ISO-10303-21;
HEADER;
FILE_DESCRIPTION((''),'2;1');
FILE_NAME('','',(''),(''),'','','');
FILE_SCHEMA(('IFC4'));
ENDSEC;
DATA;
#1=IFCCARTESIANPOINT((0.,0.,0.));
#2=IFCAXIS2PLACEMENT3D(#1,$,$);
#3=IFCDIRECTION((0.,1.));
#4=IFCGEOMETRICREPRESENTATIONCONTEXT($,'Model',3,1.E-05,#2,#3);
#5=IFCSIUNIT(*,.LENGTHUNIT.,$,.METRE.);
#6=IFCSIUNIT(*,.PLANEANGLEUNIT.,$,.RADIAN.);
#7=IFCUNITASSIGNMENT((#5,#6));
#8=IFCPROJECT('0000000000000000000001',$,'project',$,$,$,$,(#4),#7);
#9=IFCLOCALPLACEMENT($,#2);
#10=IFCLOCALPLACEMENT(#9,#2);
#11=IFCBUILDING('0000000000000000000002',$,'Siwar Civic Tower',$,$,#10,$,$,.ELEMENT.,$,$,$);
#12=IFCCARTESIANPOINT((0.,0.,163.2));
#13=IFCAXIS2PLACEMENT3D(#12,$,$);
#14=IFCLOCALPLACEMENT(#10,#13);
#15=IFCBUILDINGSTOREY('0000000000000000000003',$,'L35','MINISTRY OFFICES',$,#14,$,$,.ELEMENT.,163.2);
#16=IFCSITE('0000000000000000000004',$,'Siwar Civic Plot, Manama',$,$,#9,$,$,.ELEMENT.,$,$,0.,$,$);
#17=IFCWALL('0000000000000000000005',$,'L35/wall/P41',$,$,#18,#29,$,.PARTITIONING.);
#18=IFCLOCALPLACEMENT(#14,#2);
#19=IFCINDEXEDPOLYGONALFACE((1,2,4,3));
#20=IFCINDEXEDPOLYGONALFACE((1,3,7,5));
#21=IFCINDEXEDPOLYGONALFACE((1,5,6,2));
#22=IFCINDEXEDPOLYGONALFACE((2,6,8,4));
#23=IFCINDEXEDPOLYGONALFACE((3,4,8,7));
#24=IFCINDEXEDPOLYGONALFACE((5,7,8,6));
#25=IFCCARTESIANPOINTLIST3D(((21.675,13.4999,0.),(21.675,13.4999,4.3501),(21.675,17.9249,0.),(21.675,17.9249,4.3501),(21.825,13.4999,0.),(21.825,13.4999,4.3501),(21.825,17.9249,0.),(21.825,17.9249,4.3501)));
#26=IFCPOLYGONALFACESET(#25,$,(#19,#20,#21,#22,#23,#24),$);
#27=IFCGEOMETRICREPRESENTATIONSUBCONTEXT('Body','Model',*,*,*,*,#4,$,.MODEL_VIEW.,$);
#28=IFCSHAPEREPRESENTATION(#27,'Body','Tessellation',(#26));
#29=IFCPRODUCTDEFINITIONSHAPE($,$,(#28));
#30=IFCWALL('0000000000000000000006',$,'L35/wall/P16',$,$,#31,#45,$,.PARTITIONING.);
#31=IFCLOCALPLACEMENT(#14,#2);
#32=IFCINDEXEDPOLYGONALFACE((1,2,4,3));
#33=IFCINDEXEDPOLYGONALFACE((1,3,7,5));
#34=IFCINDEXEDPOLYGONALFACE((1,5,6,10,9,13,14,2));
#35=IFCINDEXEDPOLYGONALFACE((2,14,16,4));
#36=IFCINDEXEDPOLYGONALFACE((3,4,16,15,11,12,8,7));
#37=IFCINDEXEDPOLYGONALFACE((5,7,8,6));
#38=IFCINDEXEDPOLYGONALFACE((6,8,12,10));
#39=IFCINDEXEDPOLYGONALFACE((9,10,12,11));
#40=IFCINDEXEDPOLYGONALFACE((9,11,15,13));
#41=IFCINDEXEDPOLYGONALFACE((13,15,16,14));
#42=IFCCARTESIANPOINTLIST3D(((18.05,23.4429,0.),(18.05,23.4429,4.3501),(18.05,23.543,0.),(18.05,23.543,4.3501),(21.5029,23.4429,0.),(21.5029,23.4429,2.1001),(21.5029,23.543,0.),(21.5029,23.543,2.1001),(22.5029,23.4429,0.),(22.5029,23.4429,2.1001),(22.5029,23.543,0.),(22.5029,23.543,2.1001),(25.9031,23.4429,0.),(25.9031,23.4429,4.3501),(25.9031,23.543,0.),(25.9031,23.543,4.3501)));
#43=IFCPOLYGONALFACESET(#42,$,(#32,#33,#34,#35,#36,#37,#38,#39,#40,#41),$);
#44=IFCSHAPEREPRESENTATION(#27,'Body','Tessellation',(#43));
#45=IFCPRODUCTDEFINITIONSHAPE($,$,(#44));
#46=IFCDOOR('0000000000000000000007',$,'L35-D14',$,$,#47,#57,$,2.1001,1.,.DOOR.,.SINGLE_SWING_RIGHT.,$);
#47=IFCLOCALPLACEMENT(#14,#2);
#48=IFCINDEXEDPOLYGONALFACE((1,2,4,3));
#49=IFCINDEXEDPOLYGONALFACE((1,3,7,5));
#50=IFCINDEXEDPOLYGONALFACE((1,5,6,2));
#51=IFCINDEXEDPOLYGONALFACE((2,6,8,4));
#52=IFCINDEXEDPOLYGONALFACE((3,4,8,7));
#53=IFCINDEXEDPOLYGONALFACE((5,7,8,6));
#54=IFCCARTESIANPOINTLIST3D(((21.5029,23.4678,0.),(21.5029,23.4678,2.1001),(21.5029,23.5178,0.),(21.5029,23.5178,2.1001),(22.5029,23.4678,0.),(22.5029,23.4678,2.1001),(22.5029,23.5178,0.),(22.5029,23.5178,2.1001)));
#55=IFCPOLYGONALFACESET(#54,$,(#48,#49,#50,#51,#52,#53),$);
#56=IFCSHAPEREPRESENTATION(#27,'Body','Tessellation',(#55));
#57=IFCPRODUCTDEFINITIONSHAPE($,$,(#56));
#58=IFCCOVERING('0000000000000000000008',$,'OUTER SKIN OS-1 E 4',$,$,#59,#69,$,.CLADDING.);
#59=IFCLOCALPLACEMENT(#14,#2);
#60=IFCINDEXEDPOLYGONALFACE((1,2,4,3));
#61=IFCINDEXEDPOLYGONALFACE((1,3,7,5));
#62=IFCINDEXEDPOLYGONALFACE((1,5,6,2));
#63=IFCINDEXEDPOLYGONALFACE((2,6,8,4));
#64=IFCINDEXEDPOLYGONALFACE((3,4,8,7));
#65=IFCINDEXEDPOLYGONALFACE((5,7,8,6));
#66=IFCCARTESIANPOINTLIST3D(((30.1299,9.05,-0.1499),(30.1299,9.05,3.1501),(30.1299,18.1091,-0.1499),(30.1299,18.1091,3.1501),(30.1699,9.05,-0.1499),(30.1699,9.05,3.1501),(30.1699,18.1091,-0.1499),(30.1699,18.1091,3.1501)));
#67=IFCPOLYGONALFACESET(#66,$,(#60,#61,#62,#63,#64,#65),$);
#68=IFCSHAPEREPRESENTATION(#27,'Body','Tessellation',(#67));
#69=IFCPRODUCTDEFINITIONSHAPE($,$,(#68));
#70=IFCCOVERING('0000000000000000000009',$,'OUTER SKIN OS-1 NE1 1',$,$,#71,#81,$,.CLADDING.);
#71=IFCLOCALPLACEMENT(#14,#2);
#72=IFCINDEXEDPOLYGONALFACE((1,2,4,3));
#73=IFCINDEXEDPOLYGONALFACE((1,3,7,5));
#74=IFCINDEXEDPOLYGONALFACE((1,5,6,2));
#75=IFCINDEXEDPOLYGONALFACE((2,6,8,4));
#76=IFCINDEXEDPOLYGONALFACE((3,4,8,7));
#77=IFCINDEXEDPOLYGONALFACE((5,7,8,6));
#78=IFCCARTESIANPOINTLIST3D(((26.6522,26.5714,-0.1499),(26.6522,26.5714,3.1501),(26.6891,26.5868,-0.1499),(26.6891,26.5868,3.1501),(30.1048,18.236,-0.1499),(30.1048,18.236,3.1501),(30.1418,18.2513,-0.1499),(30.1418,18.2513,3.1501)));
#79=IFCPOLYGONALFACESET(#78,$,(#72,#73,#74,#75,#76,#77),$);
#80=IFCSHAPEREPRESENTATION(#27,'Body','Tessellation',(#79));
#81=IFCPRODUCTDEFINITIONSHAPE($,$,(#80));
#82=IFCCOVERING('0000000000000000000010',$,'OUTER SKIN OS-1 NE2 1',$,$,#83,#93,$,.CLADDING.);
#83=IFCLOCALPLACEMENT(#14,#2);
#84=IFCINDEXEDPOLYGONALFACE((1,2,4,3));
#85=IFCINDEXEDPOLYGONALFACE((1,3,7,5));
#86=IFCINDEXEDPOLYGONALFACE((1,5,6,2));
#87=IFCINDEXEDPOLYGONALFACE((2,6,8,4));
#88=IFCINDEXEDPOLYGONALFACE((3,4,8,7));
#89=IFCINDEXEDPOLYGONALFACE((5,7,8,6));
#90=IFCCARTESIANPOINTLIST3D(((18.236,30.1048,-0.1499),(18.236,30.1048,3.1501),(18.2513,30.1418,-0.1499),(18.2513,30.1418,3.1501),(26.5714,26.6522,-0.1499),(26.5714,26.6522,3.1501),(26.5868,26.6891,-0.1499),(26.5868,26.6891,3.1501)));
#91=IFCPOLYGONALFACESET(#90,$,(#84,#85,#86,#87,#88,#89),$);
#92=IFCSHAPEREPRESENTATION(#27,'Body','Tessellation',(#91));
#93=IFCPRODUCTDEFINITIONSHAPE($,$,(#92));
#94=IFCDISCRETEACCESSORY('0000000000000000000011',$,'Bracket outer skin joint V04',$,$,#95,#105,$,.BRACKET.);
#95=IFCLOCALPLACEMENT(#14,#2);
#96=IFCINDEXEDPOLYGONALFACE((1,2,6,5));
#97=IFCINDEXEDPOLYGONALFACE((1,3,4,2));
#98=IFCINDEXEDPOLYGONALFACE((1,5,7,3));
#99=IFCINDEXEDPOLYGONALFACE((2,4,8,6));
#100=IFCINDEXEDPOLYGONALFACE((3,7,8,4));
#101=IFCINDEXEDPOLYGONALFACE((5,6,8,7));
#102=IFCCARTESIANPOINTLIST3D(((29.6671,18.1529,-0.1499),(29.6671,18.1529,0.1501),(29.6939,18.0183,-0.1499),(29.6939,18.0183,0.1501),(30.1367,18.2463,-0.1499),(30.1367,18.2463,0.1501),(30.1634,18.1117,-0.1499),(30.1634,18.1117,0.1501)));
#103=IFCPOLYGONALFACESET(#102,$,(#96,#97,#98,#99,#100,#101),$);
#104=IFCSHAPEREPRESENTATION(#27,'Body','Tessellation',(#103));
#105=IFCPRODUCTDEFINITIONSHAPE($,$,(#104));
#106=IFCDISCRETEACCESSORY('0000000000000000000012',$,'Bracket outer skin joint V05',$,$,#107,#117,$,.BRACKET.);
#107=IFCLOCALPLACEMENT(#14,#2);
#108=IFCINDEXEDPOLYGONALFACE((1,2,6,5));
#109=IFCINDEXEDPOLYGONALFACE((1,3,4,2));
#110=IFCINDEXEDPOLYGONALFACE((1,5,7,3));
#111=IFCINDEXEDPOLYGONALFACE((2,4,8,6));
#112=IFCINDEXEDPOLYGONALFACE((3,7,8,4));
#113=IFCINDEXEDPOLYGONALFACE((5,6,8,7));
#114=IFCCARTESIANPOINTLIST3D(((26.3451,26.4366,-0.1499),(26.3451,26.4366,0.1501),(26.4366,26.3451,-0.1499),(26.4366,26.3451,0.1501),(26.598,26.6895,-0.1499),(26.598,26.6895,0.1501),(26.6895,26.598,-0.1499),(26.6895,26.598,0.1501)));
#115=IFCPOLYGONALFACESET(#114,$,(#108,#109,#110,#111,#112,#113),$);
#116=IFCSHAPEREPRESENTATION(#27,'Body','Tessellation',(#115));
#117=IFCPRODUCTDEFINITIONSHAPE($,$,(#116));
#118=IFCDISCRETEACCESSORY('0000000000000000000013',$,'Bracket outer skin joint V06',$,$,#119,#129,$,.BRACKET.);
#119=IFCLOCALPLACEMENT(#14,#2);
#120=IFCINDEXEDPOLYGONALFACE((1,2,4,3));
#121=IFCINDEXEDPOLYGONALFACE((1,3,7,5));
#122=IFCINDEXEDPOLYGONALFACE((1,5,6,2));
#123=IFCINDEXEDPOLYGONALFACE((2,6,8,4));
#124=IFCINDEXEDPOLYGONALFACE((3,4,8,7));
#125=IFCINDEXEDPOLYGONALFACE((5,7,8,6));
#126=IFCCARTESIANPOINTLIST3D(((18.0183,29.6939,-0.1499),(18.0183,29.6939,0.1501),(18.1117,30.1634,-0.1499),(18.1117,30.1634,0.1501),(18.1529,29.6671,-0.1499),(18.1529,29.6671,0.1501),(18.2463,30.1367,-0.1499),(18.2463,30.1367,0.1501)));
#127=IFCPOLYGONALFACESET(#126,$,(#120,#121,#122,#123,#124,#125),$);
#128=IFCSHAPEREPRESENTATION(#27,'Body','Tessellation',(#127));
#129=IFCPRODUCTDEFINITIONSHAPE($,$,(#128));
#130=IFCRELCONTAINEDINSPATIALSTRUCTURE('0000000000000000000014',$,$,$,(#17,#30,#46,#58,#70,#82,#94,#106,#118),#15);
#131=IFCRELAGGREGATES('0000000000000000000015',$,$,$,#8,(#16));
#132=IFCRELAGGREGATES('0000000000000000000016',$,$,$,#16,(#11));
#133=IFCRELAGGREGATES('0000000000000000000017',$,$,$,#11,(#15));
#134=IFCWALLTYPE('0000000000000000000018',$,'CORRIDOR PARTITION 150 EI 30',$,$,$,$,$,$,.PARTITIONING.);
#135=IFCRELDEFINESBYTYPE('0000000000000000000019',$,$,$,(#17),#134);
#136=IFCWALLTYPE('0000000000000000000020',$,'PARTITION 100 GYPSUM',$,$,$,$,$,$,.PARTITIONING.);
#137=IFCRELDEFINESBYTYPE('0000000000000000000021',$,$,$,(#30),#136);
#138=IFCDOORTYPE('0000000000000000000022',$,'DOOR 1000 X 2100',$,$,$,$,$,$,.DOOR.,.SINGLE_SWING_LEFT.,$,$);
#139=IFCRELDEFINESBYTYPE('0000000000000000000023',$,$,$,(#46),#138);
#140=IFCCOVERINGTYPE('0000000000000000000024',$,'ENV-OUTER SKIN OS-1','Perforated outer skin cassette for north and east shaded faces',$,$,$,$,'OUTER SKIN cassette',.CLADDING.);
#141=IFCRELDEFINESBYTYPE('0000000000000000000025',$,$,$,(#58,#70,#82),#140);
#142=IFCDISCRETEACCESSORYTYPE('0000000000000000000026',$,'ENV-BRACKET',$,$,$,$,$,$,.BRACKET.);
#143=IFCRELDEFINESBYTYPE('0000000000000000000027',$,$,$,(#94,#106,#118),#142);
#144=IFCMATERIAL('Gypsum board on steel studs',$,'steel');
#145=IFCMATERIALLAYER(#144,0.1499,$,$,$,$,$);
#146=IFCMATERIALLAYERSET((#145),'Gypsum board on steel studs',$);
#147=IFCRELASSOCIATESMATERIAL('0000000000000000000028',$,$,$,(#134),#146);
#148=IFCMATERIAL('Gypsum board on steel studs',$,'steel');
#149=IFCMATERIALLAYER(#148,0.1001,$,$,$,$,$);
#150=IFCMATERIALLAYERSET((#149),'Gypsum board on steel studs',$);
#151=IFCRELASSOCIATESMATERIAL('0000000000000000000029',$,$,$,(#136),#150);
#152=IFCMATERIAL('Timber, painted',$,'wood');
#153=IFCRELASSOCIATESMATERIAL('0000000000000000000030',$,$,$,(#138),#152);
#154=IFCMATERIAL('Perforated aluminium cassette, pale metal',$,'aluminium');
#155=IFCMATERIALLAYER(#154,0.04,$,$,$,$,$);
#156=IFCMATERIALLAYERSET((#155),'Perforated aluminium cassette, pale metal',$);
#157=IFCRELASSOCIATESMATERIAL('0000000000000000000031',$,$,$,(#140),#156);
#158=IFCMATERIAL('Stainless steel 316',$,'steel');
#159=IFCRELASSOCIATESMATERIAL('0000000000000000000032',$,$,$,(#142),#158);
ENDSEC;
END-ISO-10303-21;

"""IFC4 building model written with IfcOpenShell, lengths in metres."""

from ifc_helpers import new_model, si_unit, direction, frame, frame_2d, origin, origin_2d, place, context, subcontext, project, spatial, rectangle, extrude, material, layer, layer_set, type_object, element, fill, save


model = new_model("IFC4")

# Units and contexts
model_context = context("Model", 3, precision=1e-05, world=origin(), true_north=direction((0.0, 1.0)))
body_context = subcontext(model_context, "Body", "Model", "MODEL_VIEW")
ifc_project = project(units=[si_unit("LENGTHUNIT", "METRE"), si_unit("PLANEANGLEUNIT", "RADIAN")], contexts=[model_context])

# Site, building, storey
site_placement = place(None, origin())
site = spatial("IfcSite", under=ifc_project, at=site_placement, Name="Siwar Civic Plot, Manama", CompositionType="ELEMENT", RefElevation=0.0)
building_placement = place(site_placement, origin())
building = spatial("IfcBuilding", under=site, at=building_placement, Name="Siwar Civic Tower", CompositionType="ELEMENT")
storey_placement = place(building_placement, frame((0.0, 0.0, 163.2)))
storey = spatial("IfcBuildingStorey", under=building, at=storey_placement, Name="L35", Description="MINISTRY OFFICES", CompositionType="ELEMENT", Elevation=163.2)

# Wall
ifc_material_1 = material(Name="Gypsum board on steel studs", Category="steel")
ifc_layer_1 = layer(ifc_material_1, 0.1499)
ifc_layer_set_1 = layer_set([ifc_layer_1], Name="Gypsum board on steel studs")
wall_type_1 = type_object("IfcWallType", Name="CORRIDOR PARTITION 150 EI 30", PredefinedType="PARTITIONING", material=ifc_layer_set_1)
wall_1_placement = place(storey_placement, frame((21.75, 13.5, 0.0), z_axis=(0.0, 0.0, 1.0), x_axis=(0.0, 1.0, 0.0)))
element("IfcWall", 1, at=wall_1_placement, inside=storey, type_object=wall_type_1, Name="L35/wall/P41", PredefinedType="PARTITIONING", context=body_context, shape_type="SweptSolid", body=[
    extrude(rectangle(XDim=4.425, YDim=0.1499, at=frame_2d((2.2124, 0.0))), origin(), (0.0, 0.0, 1.0), 4.3501),
])

# Wall, opening, door
ifc_material_2 = material(Name="Gypsum board on steel studs", Category="steel")
ifc_layer_2 = layer(ifc_material_2, 0.1001)
ifc_layer_set_2 = layer_set([ifc_layer_2], Name="Gypsum board on steel studs")
wall_type_2 = type_object("IfcWallType", Name="PARTITION 100 GYPSUM", PredefinedType="PARTITIONING", material=ifc_layer_set_2)
wall_2_placement = place(storey_placement, frame((18.05, 23.4929, 0.0), z_axis=(0.0, 0.0, 1.0), x_axis=(1.0, 0.0, 0.0)))
wall_2 = element("IfcWall", 2, at=wall_2_placement, inside=storey, type_object=wall_type_2, Name="L35/wall/P16", PredefinedType="PARTITIONING", context=body_context, shape_type="SweptSolid", body=[
    extrude(rectangle(XDim=7.853, YDim=0.1001, at=frame_2d((3.9265, 0.0))), origin(), (0.0, 0.0, 1.0), 4.3501),
])
opening_placement = place(wall_2_placement, frame((3.4529, 0.0, 0.0)))
opening = element("IfcOpeningElement", 3, at=opening_placement, cuts=wall_2, PredefinedType="OPENING", context=body_context, shape_type="SweptSolid", body=[
    extrude(rectangle(XDim=1.0, YDim=2.1001, at=frame_2d((0.5, 1.05))), frame((0.0, 0.0601, 0.0), z_axis=(0.0, -1.0, 0.0), x_axis=(1.0, 0.0, 0.0)), (0.0, 0.0, 1.0), 0.1201),
])
ifc_material_3 = material(Name="Timber, painted", Category="wood")
door_type = type_object("IfcDoorType", Name="DOOR 1000 X 2100", OperationType="SINGLE_SWING_LEFT", PredefinedType="DOOR", material=ifc_material_3)
door_placement = place(opening_placement, origin())
door = element("IfcDoor", 4, at=door_placement, inside=storey, type_object=door_type, Name="L35-D14", OperationType="SINGLE_SWING_RIGHT", OverallHeight=2.1001, OverallWidth=1.0, PredefinedType="DOOR", context=body_context, shape_type="SweptSolid", body=[
    extrude(rectangle(XDim=1.0, YDim=2.1001, at=frame_2d((0.5, 1.05))), frame((0.0, 0.0249, 0.0), z_axis=(0.0, -1.0, 0.0), x_axis=(1.0, 0.0, 0.0)), (0.0, 0.0, 1.0), 0.05),
])
fill(opening, door)

# Coverings
ifc_material_4 = material(Name="Perforated aluminium cassette, pale metal", Category="aluminium")
ifc_layer_3 = layer(ifc_material_4, 0.04)
ifc_layer_set_3 = layer_set([ifc_layer_3], Name="Perforated aluminium cassette, pale metal")
covering_type = type_object("IfcCoveringType", Name="ENV-OUTER SKIN OS-1", Description="Perforated outer skin cassette for north and east shaded faces", ElementType="OUTER SKIN cassette", PredefinedType="CLADDING", material=ifc_layer_set_3)
covering_placement = place(storey_placement, frame((30.1499, 13.5796, -0.1499), z_axis=(0.0, 0.0, 1.0), x_axis=(0.0, 1.0, 0.0)))
element("IfcCovering", 5, at=covering_placement, inside=storey, type_object=covering_type, Name="OUTER SKIN OS-1 E 4", PredefinedType="CLADDING", context=body_context, shape_type="SweptSolid", body=[
    extrude(rectangle(XDim=9.0591, YDim=0.04, at=origin_2d()), origin(), (0.0, 0.0, 1.0), 3.3),
])
for number, where, z_axis, x_axis, name in (
    (6, (28.397, 22.4114, -0.1499), (0.0, 0.0, 1.0), (-0.382683, 0.92388, 0.0), "OUTER SKIN OS-1 NE1 1"),
    (7, (22.4114, 28.397, -0.1499), (0.0, 0.0, 1.0), (-0.92388, 0.382683, 0.0), "OUTER SKIN OS-1 NE2 1"),
):
    element("IfcCovering", number, at=place(storey_placement, frame(where, z_axis=z_axis, x_axis=x_axis)), inside=storey, type_object=covering_type, Name=name, PredefinedType="CLADDING", context=body_context, shape_type="SweptSolid", body=[
        extrude(rectangle(XDim=9.0222, YDim=0.04, at=origin_2d()), origin(), (0.0, 0.0, 1.0), 3.3),
    ])

# Discrete accessories
ifc_material_5 = material(Name="Stainless steel 316", Category="steel")
discrete_accessory_type = type_object("IfcDiscreteAccessoryType", Name="ENV-BRACKET", PredefinedType="BRACKET", material=ifc_material_5)
discrete_accessory_1_placement = place(storey_placement, frame((29.9153, 18.1323, -0.1499), z_axis=(0.0, 0.0, 1.0), x_axis=(0.980785, 0.19509, 0.0)))
element("IfcDiscreteAccessory", 8, at=discrete_accessory_1_placement, inside=storey, type_object=discrete_accessory_type, Name="Bracket outer skin joint V04", PredefinedType="BRACKET", context=body_context, shape_type="SweptSolid", body=[
    extrude(rectangle(XDim=0.4788, YDim=0.1372, at=origin_2d()), origin(), (0.0, 0.0, 1.0), 0.3),
])
discrete_accessory_2_placement = place(storey_placement, frame((26.5173, 26.5173, -0.1499), z_axis=(0.0, 0.0, 1.0), x_axis=(0.707107, 0.707107, 0.0)))
element("IfcDiscreteAccessory", 9, at=discrete_accessory_2_placement, inside=storey, type_object=discrete_accessory_type, Name="Bracket outer skin joint V05", PredefinedType="BRACKET", context=body_context, shape_type="SweptSolid", body=[
    extrude(rectangle(XDim=0.3577, YDim=0.1294, at=origin_2d()), origin(), (0.0, 0.0, 1.0), 0.3),
])
discrete_accessory_3_placement = place(storey_placement, frame((18.1323, 29.9153, -0.1499), z_axis=(0.0, 0.0, 1.0), x_axis=(0.19509, 0.980785, 0.0)))
element("IfcDiscreteAccessory", 10, at=discrete_accessory_3_placement, inside=storey, type_object=discrete_accessory_type, Name="Bracket outer skin joint V06", PredefinedType="BRACKET", context=body_context, shape_type="SweptSolid", body=[
    extrude(rectangle(XDim=0.4788, YDim=0.1372, at=origin_2d()), origin(), (0.0, 0.0, 1.0), 0.3),
])

save(model, "model.ifc")
